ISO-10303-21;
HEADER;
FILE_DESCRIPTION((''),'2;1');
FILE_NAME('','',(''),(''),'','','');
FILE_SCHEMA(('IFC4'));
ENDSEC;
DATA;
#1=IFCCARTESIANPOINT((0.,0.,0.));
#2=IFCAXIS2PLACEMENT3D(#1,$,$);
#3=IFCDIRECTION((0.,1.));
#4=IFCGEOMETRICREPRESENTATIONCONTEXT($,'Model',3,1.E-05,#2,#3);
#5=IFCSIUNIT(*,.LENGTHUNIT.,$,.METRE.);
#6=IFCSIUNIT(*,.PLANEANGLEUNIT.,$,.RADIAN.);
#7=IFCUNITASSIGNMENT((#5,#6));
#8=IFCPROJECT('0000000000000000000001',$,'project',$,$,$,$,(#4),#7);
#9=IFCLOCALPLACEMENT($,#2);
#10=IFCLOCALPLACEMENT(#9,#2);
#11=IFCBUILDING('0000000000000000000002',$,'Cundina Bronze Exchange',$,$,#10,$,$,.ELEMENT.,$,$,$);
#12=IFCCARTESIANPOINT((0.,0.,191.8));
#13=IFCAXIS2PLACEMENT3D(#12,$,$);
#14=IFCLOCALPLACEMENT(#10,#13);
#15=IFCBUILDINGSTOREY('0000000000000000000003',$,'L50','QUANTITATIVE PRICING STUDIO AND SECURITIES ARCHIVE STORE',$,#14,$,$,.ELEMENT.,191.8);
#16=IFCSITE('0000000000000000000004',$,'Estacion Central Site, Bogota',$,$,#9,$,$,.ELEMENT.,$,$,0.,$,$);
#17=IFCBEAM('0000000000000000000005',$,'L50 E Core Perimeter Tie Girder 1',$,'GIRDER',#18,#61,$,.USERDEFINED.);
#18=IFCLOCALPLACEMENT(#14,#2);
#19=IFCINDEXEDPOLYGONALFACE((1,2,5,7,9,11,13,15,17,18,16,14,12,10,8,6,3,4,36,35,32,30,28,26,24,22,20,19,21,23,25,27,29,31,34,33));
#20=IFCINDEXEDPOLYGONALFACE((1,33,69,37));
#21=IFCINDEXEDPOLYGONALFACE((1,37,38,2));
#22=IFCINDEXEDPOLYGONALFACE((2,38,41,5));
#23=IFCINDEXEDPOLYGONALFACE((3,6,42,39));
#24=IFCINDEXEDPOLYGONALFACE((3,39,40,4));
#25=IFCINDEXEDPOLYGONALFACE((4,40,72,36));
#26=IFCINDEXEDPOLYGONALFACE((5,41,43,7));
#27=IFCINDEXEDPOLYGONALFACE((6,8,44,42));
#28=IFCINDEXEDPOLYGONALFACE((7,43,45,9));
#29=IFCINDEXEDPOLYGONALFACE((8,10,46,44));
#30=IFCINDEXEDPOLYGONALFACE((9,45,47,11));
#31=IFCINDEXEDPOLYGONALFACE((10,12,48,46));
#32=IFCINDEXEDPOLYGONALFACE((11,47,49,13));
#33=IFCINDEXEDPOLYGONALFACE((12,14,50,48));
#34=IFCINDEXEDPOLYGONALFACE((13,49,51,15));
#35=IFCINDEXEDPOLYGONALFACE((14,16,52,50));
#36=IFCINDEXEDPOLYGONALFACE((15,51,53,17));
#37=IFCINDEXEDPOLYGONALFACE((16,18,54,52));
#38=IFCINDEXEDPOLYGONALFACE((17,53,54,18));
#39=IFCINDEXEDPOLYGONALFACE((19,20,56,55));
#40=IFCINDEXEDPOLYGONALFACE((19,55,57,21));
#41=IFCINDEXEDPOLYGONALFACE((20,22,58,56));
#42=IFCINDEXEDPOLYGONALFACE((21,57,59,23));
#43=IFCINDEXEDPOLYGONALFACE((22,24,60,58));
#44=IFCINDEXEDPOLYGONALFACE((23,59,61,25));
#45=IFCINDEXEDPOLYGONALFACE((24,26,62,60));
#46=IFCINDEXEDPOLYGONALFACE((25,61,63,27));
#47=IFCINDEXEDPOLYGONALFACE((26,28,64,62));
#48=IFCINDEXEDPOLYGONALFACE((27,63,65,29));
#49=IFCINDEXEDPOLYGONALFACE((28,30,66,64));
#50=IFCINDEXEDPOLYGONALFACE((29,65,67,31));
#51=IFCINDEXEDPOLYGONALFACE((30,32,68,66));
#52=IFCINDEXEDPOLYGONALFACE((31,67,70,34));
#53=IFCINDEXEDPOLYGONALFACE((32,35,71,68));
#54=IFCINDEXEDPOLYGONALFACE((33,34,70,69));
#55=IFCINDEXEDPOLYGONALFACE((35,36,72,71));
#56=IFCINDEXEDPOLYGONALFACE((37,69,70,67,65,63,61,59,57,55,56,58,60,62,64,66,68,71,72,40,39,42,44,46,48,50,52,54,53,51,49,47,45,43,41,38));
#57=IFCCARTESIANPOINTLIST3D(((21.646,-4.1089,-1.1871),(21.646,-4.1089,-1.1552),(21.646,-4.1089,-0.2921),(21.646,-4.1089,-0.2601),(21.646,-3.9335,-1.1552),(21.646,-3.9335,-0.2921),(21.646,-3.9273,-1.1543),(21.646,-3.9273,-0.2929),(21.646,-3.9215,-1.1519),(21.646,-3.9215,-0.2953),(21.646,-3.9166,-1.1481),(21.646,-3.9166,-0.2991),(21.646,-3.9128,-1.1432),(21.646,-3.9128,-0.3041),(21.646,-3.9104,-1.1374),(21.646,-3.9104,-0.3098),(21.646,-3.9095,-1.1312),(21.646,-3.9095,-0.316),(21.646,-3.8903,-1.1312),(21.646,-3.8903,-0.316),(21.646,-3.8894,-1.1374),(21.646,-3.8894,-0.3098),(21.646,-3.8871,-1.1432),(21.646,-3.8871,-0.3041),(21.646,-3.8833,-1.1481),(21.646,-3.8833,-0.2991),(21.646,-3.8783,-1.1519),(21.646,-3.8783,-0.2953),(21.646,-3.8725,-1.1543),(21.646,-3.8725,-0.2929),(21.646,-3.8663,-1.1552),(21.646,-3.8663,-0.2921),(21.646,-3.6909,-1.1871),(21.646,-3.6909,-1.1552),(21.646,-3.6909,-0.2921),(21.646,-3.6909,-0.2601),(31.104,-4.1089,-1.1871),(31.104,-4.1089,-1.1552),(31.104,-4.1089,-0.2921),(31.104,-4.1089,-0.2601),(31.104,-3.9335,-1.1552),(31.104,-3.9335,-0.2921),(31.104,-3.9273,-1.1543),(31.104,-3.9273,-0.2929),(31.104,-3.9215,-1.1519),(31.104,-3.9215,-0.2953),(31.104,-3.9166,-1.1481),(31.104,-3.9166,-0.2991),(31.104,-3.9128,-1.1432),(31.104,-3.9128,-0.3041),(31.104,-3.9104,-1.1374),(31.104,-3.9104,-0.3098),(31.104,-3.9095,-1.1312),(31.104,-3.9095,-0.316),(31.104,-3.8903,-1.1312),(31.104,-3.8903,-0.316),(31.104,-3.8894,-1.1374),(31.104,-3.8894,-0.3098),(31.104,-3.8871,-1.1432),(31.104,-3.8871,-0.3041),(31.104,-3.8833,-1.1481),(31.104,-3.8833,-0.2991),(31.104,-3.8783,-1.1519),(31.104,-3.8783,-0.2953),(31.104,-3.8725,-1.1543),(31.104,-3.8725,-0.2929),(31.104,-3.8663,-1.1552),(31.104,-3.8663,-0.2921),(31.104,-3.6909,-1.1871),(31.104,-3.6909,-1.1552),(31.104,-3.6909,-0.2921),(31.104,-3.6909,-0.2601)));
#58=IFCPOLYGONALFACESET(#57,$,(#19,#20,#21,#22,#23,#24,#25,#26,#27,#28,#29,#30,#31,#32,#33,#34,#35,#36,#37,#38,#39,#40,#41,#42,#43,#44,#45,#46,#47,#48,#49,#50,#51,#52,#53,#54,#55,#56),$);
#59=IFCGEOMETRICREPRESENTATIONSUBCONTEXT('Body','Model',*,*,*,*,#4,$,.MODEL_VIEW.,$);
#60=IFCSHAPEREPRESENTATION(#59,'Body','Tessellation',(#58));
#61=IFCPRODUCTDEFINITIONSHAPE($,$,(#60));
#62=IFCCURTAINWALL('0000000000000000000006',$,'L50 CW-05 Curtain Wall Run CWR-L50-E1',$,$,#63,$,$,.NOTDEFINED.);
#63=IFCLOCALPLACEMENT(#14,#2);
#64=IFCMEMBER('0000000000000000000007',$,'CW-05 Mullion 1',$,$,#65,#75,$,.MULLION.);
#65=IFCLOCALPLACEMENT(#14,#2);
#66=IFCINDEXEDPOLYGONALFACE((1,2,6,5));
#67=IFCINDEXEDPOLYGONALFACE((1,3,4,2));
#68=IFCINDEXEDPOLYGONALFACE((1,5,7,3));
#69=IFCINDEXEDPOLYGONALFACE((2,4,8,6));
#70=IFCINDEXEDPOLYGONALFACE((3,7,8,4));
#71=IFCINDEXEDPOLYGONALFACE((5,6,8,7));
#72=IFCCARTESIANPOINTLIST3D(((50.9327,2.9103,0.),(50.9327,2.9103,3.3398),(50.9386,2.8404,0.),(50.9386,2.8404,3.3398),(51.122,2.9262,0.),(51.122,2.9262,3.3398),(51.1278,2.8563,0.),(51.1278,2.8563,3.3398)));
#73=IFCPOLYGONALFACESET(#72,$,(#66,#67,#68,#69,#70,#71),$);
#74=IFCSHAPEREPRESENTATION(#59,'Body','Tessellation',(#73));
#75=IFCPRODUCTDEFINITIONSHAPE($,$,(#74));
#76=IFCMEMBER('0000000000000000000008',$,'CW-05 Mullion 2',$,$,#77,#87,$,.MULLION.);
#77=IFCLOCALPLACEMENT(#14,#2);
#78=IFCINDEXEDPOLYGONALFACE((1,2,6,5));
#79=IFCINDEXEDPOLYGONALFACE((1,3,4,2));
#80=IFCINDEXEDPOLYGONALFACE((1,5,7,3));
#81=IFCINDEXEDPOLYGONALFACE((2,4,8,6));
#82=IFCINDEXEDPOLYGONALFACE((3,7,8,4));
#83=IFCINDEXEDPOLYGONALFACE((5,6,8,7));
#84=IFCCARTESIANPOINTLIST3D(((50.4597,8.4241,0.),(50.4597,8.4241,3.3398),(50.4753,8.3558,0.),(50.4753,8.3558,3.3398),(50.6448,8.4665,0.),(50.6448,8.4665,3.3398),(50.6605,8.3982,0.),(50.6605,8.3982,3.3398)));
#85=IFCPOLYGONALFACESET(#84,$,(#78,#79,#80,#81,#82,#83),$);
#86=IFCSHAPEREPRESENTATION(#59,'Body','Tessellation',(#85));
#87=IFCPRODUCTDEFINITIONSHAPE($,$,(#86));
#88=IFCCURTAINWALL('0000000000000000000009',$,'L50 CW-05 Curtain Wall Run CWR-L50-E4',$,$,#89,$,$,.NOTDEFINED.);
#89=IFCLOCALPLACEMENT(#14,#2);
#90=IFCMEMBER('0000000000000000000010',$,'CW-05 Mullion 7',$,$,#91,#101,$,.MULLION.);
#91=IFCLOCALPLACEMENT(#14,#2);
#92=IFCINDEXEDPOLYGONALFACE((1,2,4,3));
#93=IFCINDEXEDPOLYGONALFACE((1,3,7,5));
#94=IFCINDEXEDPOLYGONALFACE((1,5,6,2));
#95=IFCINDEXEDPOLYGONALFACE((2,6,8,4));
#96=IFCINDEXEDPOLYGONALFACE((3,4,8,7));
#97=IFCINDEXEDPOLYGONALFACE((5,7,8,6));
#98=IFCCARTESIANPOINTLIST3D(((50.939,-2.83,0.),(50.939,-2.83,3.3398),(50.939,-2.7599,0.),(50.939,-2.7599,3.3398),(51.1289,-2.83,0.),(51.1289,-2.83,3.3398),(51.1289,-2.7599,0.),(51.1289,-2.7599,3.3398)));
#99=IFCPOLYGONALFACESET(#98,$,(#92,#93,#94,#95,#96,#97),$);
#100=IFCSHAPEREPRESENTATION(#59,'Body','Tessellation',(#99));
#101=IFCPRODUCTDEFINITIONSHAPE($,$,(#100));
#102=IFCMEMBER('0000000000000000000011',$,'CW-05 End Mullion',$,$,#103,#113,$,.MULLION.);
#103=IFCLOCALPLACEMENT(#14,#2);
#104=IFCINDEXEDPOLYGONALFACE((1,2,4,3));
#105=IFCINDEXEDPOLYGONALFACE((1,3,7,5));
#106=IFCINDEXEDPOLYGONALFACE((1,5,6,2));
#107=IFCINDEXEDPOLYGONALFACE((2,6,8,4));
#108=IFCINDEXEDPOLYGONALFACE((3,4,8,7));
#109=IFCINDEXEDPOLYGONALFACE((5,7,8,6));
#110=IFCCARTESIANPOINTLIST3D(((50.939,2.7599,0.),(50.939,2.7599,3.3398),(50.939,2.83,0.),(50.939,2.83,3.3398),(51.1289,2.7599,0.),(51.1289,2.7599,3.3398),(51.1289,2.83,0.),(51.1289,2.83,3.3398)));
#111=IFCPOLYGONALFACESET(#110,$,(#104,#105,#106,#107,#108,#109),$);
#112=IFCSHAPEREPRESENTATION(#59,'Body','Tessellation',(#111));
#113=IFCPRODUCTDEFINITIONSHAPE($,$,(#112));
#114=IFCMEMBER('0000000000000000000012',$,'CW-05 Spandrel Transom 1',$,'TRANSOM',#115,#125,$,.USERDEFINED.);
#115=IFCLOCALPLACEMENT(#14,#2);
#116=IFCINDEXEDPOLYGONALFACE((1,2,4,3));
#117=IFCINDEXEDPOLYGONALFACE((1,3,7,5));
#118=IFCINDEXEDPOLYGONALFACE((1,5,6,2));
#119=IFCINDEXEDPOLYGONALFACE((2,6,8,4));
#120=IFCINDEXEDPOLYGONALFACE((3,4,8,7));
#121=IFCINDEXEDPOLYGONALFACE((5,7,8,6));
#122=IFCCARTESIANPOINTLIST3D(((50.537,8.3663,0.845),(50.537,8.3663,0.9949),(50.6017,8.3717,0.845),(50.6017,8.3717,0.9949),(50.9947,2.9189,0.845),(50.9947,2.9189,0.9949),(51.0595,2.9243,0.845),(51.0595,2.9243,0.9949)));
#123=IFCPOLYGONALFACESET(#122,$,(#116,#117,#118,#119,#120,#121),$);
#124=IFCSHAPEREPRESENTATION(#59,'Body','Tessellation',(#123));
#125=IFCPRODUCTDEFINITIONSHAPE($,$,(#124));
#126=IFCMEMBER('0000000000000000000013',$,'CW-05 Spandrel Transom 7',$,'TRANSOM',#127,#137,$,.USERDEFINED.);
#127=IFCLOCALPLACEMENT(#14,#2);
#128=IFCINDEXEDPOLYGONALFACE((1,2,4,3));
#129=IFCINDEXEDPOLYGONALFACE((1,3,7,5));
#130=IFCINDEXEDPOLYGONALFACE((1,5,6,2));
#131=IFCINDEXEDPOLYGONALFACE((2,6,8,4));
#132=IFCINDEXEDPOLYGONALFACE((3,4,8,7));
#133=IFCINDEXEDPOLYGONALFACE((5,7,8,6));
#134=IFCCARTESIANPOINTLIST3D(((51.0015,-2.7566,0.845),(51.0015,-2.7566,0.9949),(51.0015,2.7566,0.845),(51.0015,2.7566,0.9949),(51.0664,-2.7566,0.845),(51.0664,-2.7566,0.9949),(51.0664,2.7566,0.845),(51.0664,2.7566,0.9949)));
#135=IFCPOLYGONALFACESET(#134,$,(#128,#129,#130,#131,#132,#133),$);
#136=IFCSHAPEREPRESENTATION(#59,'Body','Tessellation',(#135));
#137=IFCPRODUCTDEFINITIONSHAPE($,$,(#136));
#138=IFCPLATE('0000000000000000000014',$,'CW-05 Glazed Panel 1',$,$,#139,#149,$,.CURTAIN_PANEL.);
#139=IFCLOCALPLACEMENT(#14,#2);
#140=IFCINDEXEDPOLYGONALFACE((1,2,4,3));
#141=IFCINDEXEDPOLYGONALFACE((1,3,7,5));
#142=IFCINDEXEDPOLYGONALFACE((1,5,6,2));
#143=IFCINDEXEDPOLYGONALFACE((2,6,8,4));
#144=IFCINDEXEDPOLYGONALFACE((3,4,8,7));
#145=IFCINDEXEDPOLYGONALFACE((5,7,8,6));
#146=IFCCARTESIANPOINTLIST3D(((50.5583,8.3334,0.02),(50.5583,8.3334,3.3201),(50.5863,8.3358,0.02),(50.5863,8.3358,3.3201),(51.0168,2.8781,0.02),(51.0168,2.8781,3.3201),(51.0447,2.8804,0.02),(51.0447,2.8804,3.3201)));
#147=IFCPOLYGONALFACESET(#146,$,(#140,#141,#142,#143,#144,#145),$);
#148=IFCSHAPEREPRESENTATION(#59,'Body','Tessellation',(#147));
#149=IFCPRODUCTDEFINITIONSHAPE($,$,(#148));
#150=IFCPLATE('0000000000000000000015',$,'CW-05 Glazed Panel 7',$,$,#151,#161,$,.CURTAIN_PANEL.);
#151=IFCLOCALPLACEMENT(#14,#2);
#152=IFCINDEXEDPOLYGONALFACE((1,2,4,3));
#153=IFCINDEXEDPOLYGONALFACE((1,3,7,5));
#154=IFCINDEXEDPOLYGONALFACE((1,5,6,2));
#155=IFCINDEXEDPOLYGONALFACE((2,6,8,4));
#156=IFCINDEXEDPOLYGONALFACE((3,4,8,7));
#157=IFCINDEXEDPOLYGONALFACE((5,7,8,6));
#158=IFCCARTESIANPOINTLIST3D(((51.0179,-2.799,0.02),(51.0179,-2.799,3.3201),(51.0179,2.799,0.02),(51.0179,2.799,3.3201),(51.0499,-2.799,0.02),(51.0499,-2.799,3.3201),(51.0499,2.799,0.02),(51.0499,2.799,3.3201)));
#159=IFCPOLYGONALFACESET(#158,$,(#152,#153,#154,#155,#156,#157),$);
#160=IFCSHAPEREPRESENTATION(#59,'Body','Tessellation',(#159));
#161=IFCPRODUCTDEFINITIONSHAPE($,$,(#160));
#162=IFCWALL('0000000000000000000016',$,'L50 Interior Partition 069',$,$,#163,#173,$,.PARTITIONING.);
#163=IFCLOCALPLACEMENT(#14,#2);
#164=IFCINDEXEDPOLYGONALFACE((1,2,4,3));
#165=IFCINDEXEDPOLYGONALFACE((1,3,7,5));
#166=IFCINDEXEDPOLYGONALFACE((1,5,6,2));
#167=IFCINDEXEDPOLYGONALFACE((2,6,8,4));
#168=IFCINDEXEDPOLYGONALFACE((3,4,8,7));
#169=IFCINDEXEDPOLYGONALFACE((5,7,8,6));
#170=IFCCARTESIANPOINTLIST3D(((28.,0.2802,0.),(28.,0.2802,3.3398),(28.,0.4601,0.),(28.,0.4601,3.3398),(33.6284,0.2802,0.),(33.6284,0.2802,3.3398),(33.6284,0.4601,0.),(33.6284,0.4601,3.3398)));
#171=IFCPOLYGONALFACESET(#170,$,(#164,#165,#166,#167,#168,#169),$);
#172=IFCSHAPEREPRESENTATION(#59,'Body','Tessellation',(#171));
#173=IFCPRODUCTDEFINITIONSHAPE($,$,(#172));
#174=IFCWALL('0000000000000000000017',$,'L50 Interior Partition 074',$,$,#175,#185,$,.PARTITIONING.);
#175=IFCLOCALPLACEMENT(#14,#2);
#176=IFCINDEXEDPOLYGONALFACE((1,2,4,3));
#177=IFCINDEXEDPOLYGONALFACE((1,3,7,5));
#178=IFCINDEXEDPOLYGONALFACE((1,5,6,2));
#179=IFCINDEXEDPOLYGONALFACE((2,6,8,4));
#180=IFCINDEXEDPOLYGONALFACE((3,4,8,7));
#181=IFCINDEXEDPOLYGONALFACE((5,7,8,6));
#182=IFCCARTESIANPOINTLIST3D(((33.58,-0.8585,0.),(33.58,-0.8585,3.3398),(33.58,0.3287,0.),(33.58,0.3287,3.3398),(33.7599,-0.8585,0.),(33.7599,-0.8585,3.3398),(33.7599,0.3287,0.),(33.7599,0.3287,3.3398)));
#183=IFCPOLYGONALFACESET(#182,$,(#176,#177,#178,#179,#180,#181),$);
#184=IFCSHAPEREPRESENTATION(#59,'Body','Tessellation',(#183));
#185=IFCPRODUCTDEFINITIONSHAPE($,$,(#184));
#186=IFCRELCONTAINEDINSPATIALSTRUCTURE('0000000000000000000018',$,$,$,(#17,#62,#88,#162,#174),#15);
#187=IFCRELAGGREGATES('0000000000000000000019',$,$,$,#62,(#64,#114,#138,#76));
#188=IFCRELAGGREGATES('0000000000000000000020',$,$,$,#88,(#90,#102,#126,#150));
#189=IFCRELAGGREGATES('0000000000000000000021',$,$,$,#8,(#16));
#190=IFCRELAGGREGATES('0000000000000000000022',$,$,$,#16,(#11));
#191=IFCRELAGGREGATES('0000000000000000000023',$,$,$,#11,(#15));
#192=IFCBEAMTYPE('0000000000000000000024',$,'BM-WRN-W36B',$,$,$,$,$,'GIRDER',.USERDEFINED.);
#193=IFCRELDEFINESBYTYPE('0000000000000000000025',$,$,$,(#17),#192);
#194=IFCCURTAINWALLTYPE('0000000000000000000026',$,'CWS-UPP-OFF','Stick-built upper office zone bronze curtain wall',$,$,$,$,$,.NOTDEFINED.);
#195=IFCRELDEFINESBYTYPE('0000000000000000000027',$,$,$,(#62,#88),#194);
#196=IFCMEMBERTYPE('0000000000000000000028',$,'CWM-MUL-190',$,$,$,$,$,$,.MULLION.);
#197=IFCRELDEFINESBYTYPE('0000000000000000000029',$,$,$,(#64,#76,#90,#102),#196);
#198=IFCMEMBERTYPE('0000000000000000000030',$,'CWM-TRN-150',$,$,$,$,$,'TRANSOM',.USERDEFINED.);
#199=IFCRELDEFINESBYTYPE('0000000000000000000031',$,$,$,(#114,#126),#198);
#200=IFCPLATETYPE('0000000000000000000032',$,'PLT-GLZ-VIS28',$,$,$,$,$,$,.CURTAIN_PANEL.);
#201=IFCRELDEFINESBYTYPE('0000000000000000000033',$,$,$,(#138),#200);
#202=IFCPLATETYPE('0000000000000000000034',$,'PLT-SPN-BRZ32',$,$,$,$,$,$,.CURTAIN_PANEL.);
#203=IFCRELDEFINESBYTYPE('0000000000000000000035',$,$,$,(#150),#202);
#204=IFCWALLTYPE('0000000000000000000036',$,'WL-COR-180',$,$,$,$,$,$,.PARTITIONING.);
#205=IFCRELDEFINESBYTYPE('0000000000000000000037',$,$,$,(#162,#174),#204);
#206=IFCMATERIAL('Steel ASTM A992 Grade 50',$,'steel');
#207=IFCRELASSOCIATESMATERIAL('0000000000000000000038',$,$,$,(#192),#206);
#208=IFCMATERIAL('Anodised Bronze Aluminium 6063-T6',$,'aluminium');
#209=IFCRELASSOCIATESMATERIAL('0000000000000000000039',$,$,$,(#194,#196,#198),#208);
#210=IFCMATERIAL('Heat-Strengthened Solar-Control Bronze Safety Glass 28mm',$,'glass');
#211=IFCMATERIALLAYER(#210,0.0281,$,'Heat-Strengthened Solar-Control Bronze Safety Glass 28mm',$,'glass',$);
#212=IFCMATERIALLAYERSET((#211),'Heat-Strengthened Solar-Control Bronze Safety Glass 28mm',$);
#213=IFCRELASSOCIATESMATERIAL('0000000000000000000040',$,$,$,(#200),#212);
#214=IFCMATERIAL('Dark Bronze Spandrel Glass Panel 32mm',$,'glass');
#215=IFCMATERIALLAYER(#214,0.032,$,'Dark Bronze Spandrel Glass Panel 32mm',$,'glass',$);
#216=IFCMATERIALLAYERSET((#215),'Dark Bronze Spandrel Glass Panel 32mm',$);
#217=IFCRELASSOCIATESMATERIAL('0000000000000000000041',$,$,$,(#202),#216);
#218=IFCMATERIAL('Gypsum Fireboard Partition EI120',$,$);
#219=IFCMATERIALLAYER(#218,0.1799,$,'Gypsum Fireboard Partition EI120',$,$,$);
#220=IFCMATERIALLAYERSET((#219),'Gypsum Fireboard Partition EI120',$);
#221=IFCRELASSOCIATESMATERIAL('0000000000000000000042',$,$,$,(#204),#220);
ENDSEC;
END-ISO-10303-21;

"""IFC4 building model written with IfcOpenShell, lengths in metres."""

from ifc_helpers import new_model, si_unit, direction, frame, frame_2d, origin, origin_2d, place, context, subcontext, project, spatial, rectangle, i_section, extrude, material, layer, layer_set, material_profile, profile_set, type_object, element, aggregate, save


model = new_model("IFC4")

# Units and contexts
model_context = context("Model", 3, precision=1e-05, world=origin(), true_north=direction((0.0, 1.0)))
body_context = subcontext(model_context, "Body", "Model", "MODEL_VIEW")
ifc_project = project(units=[si_unit("LENGTHUNIT", "METRE"), si_unit("PLANEANGLEUNIT", "RADIAN")], contexts=[model_context])

# Site, building, storey
site_placement = place(None, origin())
site = spatial("IfcSite", under=ifc_project, at=site_placement, Name="Estacion Central Site, Bogota", CompositionType="ELEMENT", RefElevation=0.0)
building_placement = place(site_placement, origin())
building = spatial("IfcBuilding", under=site, at=building_placement, Name="Cundina Bronze Exchange", CompositionType="ELEMENT")
storey_placement = place(building_placement, frame((0.0, 0.0, 191.8)))
storey = spatial("IfcBuildingStorey", under=building, at=storey_placement, Name="L50", Description="QUANTITATIVE PRICING STUDIO AND SECURITIES ARCHIVE STORE", CompositionType="ELEMENT", Elevation=191.8)

# Shared definitions
ifc_material_1 = material(Name="Steel ASTM A992 Grade 50", Category="steel")

# Beam
ifc_material_profile_1 = material_profile(ifc_material_1, i_section(OverallWidth=0.418, OverallDepth=0.927, WebThickness=0.0193, FlangeThickness=0.032, FilletRadius=0.0239, at=origin_2d()), Name="W36X231", Category="steel")
ifc_profile_set_1 = profile_set([ifc_material_profile_1], Name="Steel ASTM A992 Grade 50")
beam_type_1 = type_object("IfcBeamType", Name="BM-WRN-W36B", ElementType="GIRDER", PredefinedType="USERDEFINED", material=ifc_profile_set_1)
beam_1_placement = place(storey_placement, frame((31.104, -3.8999, -0.7236), z_axis=(-1.0, 0.0, 0.0), x_axis=(0.0, -1.0, 0.0)))
element("IfcBeam", 1, at=beam_1_placement, inside=storey, type_object=beam_type_1, Name="L50 E Core Perimeter Tie Girder 1", ObjectType="GIRDER", PredefinedType="USERDEFINED", context=body_context, shape_type="SweptSolid", body=[
    extrude(i_section(OverallWidth=0.418, OverallDepth=0.927, WebThickness=0.0193, FlangeThickness=0.032, FilletRadius=0.0239, at=origin_2d()), origin(), (0.0, 0.0, 1.0), 9.458),
])

# Curtain walls, members
ifc_material_2 = material(Name="Anodised Bronze Aluminium 6063-T6", Category="aluminium")
curtain_wall_type = type_object("IfcCurtainWallType", Name="CWS-UPP-OFF", Description="Stick-built upper office zone bronze curtain wall", PredefinedType="NOTDEFINED", material=ifc_material_2)
curtain_wall_1_placement = place(storey_placement, origin())
curtain_wall_1 = element("IfcCurtainWall", 2, at=curtain_wall_1_placement, inside=storey, type_object=curtain_wall_type, Name="L50 CW-05 Curtain Wall Run CWR-L50-E1", PredefinedType="NOTDEFINED")
ifc_material_profile_2 = material_profile(ifc_material_2, rectangle(XDim=0.0701, YDim=0.1899, at=origin_2d()), Name="AL70X190", Category="aluminium")
ifc_profile_set_2 = profile_set([ifc_material_profile_2], Name="Anodised Bronze Aluminium 6063-T6")
member_type_1 = type_object("IfcMemberType", Name="CWM-MUL-190", PredefinedType="MULLION", material=ifc_profile_set_2)
member_1_placement = place(storey_placement, frame((51.0303, 2.8833, 0.0), z_axis=(0.0, 0.0, 1.0), x_axis=(-0.083678, 0.996493, 0.0)))
member_1 = element("IfcMember", 3, at=member_1_placement, type_object=member_type_1, Name="CW-05 Mullion 1", PredefinedType="MULLION", context=body_context, shape_type="SweptSolid", body=[
    extrude(rectangle(XDim=0.0701, YDim=0.1899, at=origin_2d()), origin(), (0.0, 0.0, 1.0), 3.3398),
])
member_2_placement = place(storey_placement, frame((50.5601, 8.4111, 0.0), z_axis=(0.0, 0.0, 1.0), x_axis=(-0.22325, 0.974761, 0.0)))
member_2 = element("IfcMember", 4, at=member_2_placement, type_object=member_type_1, Name="CW-05 Mullion 2", PredefinedType="MULLION", context=body_context, shape_type="SweptSolid", body=[
    extrude(rectangle(XDim=0.0701, YDim=0.1899, at=origin_2d()), origin(), (0.0, 0.0, 1.0), 3.3398),
])
curtain_wall_2_placement = place(storey_placement, origin())
curtain_wall_2 = element("IfcCurtainWall", 5, at=curtain_wall_2_placement, inside=storey, type_object=curtain_wall_type, Name="L50 CW-05 Curtain Wall Run CWR-L50-E4", PredefinedType="NOTDEFINED")
member_3_placement = place(storey_placement, frame((51.0339, -2.7949, 0.0), z_axis=(0.0, 0.0, 1.0), x_axis=(0.0, 1.0, 0.0)))
member_3 = element("IfcMember", 6, at=member_3_placement, type_object=member_type_1, Name="CW-05 Mullion 7", PredefinedType="MULLION", context=body_context, shape_type="SweptSolid", body=[
    extrude(rectangle(XDim=0.0701, YDim=0.1899, at=origin_2d()), origin(), (0.0, 0.0, 1.0), 3.3398),
])
member_4_placement = place(storey_placement, frame((51.0339, 2.7949, 0.0), z_axis=(0.0, 0.0, 1.0), x_axis=(0.0, 1.0, 0.0)))
member_4 = element("IfcMember", 7, at=member_4_placement, type_object=member_type_1, Name="CW-05 End Mullion", PredefinedType="MULLION", context=body_context, shape_type="SweptSolid", body=[
    extrude(rectangle(XDim=0.0701, YDim=0.1899, at=origin_2d()), origin(), (0.0, 0.0, 1.0), 3.3398),
])

# Members
ifc_material_profile_3 = material_profile(ifc_material_2, rectangle(XDim=0.0649, YDim=0.1499, at=origin_2d()), Name="AL65X150", Category="aluminium")
ifc_profile_set_3 = profile_set([ifc_material_profile_3], Name="Anodised Bronze Aluminium 6063-T6")
member_type_2 = type_object("IfcMemberType", Name="CWM-TRN-150", ElementType="TRANSOM", PredefinedType="USERDEFINED", material=ifc_profile_set_3)
member_5_placement = place(storey_placement, frame((51.0271, 2.9216, 0.9199), z_axis=(-0.08374, 0.996488, 0.0), x_axis=(-0.996488, -0.08374, 0.0)))
member_5 = element("IfcMember", 8, at=member_5_placement, type_object=member_type_2, Name="CW-05 Spandrel Transom 1", ObjectType="TRANSOM", PredefinedType="USERDEFINED", context=body_context, shape_type="SweptSolid", body=[
    extrude(rectangle(XDim=0.0649, YDim=0.1499, at=origin_2d()), origin(), (0.0, 0.0, 1.0), 5.4666),
])
member_6_placement = place(storey_placement, frame((51.0339, -2.7566, 0.9199), z_axis=(0.0, 1.0, 0.0), x_axis=(-1.0, 0.0, 0.0)))
member_6 = element("IfcMember", 9, at=member_6_placement, type_object=member_type_2, Name="CW-05 Spandrel Transom 7", ObjectType="TRANSOM", PredefinedType="USERDEFINED", context=body_context, shape_type="SweptSolid", body=[
    extrude(rectangle(XDim=0.0649, YDim=0.1499, at=origin_2d()), origin(), (0.0, 0.0, 1.0), 5.5132),
])

# Plates
ifc_material_3 = material(Name="Heat-Strengthened Solar-Control Bronze Safety Glass 28mm", Category="glass")
ifc_layer_1 = layer(ifc_material_3, 0.0281, Name="Heat-Strengthened Solar-Control Bronze Safety Glass 28mm", Category="glass")
ifc_layer_set_1 = layer_set([ifc_layer_1], Name="Heat-Strengthened Solar-Control Bronze Safety Glass 28mm")
plate_type_1 = type_object("IfcPlateType", Name="PLT-GLZ-VIS28", PredefinedType="CURTAIN_PANEL", material=ifc_layer_set_1)
plate_1_placement = place(storey_placement, frame((50.8015, 5.6069, 0.02), z_axis=(0.0, 0.0, 1.0), x_axis=(-0.083747, 0.996487, 0.0)))
plate_1 = element("IfcPlate", 10, at=plate_1_placement, type_object=plate_type_1, Name="CW-05 Glazed Panel 1", PredefinedType="CURTAIN_PANEL", context=body_context, shape_type="SweptSolid", body=[
    extrude(rectangle(XDim=5.4746, YDim=0.0281, at=origin_2d()), origin(), (0.0, 0.0, 1.0), 3.3),
])
aggregate(curtain_wall_1, [member_1, member_5, plate_1, member_2])
ifc_material_4 = material(Name="Dark Bronze Spandrel Glass Panel 32mm", Category="glass")
ifc_layer_2 = layer(ifc_material_4, 0.032, Name="Dark Bronze Spandrel Glass Panel 32mm", Category="glass")
ifc_layer_set_2 = layer_set([ifc_layer_2], Name="Dark Bronze Spandrel Glass Panel 32mm")
plate_type_2 = type_object("IfcPlateType", Name="PLT-SPN-BRZ32", PredefinedType="CURTAIN_PANEL", material=ifc_layer_set_2)
plate_2_placement = place(storey_placement, frame((51.0339, 0.0, 0.02), z_axis=(0.0, 0.0, 1.0), x_axis=(0.0, 1.0, 0.0)))
plate_2 = element("IfcPlate", 11, at=plate_2_placement, type_object=plate_type_2, Name="CW-05 Glazed Panel 7", PredefinedType="CURTAIN_PANEL", context=body_context, shape_type="SweptSolid", body=[
    extrude(rectangle(XDim=5.5979, YDim=0.032, at=origin_2d()), origin(), (0.0, 0.0, 1.0), 3.3),
])
aggregate(curtain_wall_2, [member_3, member_4, member_6, plate_2])

# Walls
ifc_material_5 = material(Name="Gypsum Fireboard Partition EI120")
ifc_layer_3 = layer(ifc_material_5, 0.1799, Name="Gypsum Fireboard Partition EI120")
ifc_layer_set_3 = layer_set([ifc_layer_3], Name="Gypsum Fireboard Partition EI120")
wall_type_1 = type_object("IfcWallType", Name="WL-COR-180", PredefinedType="PARTITIONING", material=ifc_layer_set_3)
wall_1_placement = place(storey_placement, frame((33.6284, 0.3701, 0.0), z_axis=(0.0, 0.0, 1.0), x_axis=(-1.0, 0.0, 0.0)))
element("IfcWall", 12, at=wall_1_placement, inside=storey, type_object=wall_type_1, Name="L50 Interior Partition 069", PredefinedType="PARTITIONING", context=body_context, shape_type="SweptSolid", body=[
    extrude(rectangle(XDim=5.6284, YDim=0.1799, at=frame_2d((2.8142, 0.0))), origin(), (0.0, 0.0, 1.0), 3.3398),
])
wall_2_placement = place(storey_placement, frame((33.6699, -0.8586, 0.0), z_axis=(0.0, 0.0, 1.0), x_axis=(0.0, 1.0, 0.0)))
element("IfcWall", 13, at=wall_2_placement, inside=storey, type_object=wall_type_1, Name="L50 Interior Partition 074", PredefinedType="PARTITIONING", context=body_context, shape_type="SweptSolid", body=[
    extrude(rectangle(XDim=1.1873, YDim=0.1799, at=frame_2d((0.5938, 0.0))), origin(), (0.0, 0.0, 1.0), 3.3398),
])

save(model, "model.ifc")
